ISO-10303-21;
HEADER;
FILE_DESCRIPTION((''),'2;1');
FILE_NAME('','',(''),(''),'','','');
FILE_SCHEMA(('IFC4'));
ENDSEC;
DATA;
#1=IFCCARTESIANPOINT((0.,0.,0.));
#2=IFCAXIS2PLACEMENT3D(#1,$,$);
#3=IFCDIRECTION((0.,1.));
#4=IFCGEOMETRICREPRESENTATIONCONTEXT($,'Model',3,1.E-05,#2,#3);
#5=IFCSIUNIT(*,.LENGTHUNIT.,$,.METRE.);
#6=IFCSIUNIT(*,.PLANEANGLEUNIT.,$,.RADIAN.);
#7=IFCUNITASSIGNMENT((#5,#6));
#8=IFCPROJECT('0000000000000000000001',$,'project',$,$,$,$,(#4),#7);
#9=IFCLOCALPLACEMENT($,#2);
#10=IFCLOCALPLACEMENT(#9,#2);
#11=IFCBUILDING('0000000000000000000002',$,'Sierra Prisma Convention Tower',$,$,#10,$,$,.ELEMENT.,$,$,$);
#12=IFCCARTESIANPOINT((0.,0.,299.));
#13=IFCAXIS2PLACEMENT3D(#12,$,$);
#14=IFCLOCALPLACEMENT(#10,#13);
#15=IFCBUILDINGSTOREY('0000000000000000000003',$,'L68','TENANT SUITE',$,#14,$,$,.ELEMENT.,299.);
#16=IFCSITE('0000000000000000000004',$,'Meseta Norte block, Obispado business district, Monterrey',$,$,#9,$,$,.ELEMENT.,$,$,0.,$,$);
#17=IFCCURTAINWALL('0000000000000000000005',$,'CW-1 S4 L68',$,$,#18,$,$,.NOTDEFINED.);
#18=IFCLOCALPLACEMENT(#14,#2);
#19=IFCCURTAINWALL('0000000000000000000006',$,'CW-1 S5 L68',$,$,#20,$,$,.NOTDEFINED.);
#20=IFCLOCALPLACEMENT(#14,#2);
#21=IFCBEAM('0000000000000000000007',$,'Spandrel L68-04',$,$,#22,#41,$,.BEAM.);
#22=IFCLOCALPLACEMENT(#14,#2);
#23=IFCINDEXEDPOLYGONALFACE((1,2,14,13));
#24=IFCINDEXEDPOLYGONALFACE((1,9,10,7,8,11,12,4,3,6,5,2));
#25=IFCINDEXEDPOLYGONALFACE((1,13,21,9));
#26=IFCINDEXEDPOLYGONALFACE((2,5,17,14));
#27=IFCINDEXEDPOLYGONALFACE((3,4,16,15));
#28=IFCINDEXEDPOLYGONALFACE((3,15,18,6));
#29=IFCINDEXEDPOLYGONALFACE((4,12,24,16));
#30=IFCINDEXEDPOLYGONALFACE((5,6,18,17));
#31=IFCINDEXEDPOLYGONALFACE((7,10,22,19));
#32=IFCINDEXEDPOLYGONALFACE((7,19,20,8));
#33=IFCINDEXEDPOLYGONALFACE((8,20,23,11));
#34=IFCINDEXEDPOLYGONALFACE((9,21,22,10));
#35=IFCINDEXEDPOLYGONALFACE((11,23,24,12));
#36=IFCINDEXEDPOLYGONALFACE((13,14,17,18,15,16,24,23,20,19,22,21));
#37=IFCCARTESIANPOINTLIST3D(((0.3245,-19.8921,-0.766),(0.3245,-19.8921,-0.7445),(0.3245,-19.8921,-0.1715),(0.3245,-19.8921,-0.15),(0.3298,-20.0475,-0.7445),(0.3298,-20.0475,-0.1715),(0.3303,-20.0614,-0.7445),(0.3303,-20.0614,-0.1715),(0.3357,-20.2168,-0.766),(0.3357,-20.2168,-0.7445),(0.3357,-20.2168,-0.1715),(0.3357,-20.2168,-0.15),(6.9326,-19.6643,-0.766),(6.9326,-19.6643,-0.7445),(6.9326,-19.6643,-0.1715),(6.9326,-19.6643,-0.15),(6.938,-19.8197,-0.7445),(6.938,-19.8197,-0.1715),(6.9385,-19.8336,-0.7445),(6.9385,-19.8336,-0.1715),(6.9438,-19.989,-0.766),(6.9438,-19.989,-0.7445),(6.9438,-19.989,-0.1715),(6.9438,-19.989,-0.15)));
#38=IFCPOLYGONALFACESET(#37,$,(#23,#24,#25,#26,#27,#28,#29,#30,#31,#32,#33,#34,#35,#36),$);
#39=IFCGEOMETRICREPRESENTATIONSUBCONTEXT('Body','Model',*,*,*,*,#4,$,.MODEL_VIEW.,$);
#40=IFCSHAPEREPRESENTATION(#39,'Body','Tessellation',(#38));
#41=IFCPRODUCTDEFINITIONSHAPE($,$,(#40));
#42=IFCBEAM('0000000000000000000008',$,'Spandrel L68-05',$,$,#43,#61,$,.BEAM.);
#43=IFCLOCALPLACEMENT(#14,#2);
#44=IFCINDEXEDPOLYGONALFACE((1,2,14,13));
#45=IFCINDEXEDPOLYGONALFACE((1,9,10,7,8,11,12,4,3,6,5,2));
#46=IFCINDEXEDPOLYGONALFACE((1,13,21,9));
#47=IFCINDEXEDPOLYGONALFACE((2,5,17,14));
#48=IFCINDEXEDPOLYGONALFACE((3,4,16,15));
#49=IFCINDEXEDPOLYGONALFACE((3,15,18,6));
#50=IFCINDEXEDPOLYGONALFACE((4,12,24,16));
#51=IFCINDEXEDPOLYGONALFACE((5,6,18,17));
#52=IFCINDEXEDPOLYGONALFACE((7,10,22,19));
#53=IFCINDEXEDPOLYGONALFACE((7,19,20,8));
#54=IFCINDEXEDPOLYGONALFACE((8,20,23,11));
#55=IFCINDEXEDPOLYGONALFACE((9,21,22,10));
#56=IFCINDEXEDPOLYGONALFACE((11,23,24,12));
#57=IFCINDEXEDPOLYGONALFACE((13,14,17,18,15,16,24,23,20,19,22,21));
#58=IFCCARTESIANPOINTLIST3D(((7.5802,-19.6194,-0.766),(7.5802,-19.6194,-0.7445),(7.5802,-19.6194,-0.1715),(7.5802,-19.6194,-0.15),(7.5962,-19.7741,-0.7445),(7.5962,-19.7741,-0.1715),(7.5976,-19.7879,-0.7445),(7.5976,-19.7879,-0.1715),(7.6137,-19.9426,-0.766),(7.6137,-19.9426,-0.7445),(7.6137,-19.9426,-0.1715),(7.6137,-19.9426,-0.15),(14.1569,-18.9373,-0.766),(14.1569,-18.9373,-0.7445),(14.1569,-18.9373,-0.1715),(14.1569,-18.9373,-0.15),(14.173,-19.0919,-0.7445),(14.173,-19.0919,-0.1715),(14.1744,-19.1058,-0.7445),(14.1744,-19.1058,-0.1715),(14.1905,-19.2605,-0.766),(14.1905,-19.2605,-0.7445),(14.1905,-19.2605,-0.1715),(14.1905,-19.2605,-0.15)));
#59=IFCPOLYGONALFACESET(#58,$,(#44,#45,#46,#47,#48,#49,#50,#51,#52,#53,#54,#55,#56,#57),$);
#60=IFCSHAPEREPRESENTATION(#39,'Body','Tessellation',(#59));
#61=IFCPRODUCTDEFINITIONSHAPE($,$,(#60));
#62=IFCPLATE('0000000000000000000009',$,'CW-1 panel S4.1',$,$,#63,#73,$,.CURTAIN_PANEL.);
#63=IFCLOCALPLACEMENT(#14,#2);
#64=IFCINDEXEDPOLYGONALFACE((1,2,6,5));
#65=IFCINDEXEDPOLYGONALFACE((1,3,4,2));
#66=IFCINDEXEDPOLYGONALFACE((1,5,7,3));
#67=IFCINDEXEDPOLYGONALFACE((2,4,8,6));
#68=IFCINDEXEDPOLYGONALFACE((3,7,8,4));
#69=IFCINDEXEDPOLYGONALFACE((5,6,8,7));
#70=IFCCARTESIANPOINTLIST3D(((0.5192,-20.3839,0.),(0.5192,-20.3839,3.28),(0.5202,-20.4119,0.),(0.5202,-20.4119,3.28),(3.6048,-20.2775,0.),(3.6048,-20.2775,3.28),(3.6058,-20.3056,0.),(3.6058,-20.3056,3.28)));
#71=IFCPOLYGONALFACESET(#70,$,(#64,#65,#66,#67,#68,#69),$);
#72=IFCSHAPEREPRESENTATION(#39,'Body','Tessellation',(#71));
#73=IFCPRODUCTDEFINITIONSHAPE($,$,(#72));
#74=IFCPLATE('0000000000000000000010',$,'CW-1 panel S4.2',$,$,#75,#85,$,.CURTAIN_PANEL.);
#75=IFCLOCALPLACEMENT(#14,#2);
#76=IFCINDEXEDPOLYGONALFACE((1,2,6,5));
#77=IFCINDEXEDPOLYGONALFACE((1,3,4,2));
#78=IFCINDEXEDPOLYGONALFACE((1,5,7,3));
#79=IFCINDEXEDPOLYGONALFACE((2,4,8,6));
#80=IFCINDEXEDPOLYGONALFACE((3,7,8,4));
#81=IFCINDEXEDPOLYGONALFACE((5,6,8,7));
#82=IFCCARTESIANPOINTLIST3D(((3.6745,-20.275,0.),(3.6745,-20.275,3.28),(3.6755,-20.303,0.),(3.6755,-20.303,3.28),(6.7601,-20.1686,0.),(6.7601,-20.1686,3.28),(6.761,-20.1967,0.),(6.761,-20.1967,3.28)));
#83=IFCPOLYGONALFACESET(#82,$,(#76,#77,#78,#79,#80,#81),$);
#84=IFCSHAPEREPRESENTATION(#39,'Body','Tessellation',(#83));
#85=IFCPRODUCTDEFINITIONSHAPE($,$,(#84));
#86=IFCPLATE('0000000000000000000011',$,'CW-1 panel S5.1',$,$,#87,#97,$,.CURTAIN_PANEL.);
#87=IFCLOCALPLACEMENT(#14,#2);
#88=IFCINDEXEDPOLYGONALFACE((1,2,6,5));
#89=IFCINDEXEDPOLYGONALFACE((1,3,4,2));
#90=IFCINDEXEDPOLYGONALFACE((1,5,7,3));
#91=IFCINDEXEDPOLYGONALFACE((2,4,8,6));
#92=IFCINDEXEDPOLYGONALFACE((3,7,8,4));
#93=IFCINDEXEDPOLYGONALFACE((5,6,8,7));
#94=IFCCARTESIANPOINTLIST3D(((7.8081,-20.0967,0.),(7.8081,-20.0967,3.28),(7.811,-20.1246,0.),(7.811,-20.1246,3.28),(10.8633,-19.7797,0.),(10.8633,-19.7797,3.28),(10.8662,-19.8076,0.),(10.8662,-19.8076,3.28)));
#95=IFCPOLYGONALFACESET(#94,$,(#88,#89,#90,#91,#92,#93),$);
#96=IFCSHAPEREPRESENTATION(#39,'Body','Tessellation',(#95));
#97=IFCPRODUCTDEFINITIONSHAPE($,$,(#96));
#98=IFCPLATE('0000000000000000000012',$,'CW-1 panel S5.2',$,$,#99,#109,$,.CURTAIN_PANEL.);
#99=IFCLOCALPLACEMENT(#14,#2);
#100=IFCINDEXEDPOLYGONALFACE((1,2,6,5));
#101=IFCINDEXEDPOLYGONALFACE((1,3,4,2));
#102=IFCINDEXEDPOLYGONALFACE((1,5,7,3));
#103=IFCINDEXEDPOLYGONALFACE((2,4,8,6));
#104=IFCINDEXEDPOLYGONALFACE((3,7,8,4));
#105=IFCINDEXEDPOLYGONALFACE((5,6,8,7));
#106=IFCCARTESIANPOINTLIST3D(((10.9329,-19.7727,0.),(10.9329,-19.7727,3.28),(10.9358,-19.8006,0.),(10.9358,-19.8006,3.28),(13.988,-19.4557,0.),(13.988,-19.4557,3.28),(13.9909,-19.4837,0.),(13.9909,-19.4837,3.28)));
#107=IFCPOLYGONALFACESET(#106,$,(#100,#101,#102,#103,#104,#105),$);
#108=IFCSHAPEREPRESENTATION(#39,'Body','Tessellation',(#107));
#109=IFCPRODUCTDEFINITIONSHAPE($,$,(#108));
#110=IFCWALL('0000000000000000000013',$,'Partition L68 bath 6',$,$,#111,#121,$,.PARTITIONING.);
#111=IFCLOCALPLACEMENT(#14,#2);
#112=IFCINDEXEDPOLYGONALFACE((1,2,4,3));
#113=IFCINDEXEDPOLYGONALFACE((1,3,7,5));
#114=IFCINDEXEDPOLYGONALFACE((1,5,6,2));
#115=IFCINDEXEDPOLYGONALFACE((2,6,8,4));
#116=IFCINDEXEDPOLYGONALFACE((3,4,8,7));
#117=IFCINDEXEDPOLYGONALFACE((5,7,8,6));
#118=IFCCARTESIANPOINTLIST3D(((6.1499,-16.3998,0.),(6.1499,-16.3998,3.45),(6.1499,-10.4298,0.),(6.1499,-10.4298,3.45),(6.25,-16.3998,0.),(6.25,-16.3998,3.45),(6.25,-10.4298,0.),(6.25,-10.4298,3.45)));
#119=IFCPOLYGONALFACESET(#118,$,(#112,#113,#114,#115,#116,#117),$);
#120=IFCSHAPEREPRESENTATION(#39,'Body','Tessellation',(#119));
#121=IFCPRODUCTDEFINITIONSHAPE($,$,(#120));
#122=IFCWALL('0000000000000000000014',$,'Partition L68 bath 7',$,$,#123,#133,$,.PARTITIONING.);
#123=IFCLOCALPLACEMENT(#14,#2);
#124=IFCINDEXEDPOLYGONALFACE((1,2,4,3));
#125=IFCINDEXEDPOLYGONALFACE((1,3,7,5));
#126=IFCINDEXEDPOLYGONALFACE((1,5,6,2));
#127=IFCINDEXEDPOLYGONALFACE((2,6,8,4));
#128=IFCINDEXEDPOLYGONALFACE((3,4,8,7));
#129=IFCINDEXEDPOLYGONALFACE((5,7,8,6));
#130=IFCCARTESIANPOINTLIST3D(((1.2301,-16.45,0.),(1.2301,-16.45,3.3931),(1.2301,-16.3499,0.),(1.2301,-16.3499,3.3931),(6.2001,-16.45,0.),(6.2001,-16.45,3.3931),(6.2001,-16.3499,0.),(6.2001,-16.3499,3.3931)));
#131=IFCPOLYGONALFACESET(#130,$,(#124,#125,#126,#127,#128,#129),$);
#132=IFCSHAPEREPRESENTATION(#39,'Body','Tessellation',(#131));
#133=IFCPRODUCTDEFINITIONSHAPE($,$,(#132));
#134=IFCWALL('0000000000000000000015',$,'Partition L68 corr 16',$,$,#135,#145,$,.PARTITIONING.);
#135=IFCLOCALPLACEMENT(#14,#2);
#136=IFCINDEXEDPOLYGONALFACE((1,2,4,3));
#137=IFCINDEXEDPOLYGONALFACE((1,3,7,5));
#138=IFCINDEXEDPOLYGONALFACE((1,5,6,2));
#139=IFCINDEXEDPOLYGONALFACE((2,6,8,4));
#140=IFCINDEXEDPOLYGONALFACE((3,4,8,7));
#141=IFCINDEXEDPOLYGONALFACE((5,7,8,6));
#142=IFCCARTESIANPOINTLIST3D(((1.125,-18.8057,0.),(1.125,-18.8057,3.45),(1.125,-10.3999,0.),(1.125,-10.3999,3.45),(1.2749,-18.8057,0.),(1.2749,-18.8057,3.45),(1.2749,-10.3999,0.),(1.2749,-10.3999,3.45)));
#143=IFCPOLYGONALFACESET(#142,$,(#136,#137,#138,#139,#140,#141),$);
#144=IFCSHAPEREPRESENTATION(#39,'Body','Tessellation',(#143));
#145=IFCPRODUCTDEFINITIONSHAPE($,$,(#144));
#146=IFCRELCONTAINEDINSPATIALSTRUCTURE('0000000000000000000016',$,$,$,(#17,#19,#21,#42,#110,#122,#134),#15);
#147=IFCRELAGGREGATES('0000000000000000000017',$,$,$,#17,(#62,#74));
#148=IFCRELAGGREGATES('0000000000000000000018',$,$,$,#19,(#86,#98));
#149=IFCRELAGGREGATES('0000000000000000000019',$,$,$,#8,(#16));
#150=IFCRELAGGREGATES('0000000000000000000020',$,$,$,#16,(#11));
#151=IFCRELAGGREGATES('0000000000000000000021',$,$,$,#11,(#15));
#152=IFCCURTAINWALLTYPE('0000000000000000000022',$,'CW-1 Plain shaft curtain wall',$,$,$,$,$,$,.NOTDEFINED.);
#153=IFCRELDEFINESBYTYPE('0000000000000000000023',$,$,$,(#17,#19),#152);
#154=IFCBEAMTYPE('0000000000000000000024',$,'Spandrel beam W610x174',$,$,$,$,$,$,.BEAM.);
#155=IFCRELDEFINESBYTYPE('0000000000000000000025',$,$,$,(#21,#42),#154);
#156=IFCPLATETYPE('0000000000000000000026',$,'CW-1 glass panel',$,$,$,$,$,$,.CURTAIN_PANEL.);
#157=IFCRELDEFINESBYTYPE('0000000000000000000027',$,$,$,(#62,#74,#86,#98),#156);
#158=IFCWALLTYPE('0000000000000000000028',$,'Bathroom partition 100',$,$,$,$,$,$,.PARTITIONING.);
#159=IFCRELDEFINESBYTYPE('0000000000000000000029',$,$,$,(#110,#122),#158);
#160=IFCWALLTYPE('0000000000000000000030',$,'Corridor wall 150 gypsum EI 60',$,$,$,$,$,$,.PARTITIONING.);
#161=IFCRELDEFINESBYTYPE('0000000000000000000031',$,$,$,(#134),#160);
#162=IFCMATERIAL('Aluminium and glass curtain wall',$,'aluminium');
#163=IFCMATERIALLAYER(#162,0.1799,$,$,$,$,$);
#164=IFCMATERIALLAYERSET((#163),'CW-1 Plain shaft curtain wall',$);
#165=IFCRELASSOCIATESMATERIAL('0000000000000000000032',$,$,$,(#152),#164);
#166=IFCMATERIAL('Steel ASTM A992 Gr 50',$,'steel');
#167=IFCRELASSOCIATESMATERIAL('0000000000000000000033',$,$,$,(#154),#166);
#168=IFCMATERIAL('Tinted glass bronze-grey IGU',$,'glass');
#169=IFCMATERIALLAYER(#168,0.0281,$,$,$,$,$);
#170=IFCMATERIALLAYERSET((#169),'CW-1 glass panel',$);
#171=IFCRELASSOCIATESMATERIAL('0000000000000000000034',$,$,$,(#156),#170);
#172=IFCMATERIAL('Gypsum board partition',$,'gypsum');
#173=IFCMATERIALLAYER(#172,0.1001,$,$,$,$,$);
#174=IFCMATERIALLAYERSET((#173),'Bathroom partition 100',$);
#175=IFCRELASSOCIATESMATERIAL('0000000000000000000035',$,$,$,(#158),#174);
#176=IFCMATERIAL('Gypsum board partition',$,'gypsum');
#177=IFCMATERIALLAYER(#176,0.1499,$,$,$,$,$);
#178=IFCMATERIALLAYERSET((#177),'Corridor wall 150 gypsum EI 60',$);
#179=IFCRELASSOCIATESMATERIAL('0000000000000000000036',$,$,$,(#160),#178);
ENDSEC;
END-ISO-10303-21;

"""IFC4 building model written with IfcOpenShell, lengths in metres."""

from ifc_helpers import new_model, si_unit, direction, frame, frame_2d, origin, origin_2d, place, context, subcontext, project, spatial, rectangle, i_section, extrude, material, layer, layer_set, material_profile, profile_set, type_object, element, aggregate, save


model = new_model("IFC4")

# Units and contexts
model_context = context("Model", 3, precision=1e-05, world=origin(), true_north=direction((0.0, 1.0)))
body_context = subcontext(model_context, "Body", "Model", "MODEL_VIEW")
ifc_project = project(units=[si_unit("LENGTHUNIT", "METRE"), si_unit("PLANEANGLEUNIT", "RADIAN")], contexts=[model_context])

# Site, building, storey
site_placement = place(None, origin())
site = spatial("IfcSite", under=ifc_project, at=site_placement, Name="Meseta Norte block, Obispado business district, Monterrey", CompositionType="ELEMENT", RefElevation=0.0)
building_placement = place(site_placement, origin())
building = spatial("IfcBuilding", under=site, at=building_placement, Name="Sierra Prisma Convention Tower", CompositionType="ELEMENT")
storey_placement = place(building_placement, frame((0.0, 0.0, 299.0)))
storey = spatial("IfcBuildingStorey", under=building, at=storey_placement, Name="L68", Description="TENANT SUITE", CompositionType="ELEMENT", Elevation=299.0)

# Curtain wall
ifc_material_1 = material(Name="Aluminium and glass curtain wall", Category="aluminium")
ifc_layer_1 = layer(ifc_material_1, 0.1799)
ifc_layer_set_1 = layer_set([ifc_layer_1], Name="CW-1 Plain shaft curtain wall")
curtain_wall_type = type_object("IfcCurtainWallType", Name="CW-1 Plain shaft curtain wall", PredefinedType="NOTDEFINED", material=ifc_layer_set_1)
curtain_wall_1_placement = place(storey_placement, origin())
curtain_wall_1 = element("IfcCurtainWall", 1, at=curtain_wall_1_placement, inside=storey, type_object=curtain_wall_type, Name="CW-1 S4 L68", PredefinedType="NOTDEFINED")

# Curtain wall
curtain_wall_2_placement = place(storey_placement, origin())
curtain_wall_2 = element("IfcCurtainWall", 2, at=curtain_wall_2_placement, inside=storey, type_object=curtain_wall_type, Name="CW-1 S5 L68", PredefinedType="NOTDEFINED")

# Beams
ifc_material_2 = material(Name="Steel ASTM A992 Gr 50", Category="steel")
ifc_material_profile_1 = material_profile(ifc_material_2, i_section(OverallWidth=0.325, OverallDepth=0.616, WebThickness=0.0139, FlangeThickness=0.0215, at=origin_2d()), Name="W610x174")
ifc_profile_set_1 = profile_set([ifc_material_profile_1], Name="Steel ASTM A992 Gr 50")
beam_type_1 = type_object("IfcBeamType", Name="Spandrel beam W610x174", PredefinedType="BEAM", material=ifc_profile_set_1)
for number, where, z_axis, x_axis, name in (
    (3, (0.3301, -20.0544, -0.458), (0.999406, 0.03445, 0.0), (-0.03445, 0.999406, 0.0), "Spandrel L68-04"),
    (4, (7.5969, -19.781, -0.458), (0.994664, 0.103166, 0.0), (-0.103166, 0.994664, 0.0), "Spandrel L68-05"),
):
    element("IfcBeam", number, at=place(storey_placement, frame(where, z_axis=z_axis, x_axis=x_axis)), inside=storey, type_object=beam_type_1, Name=name, PredefinedType="BEAM", context=body_context, shape_type="SweptSolid", body=[
        extrude(i_section(OverallWidth=0.325, OverallDepth=0.616, WebThickness=0.0139, FlangeThickness=0.0215, at=origin_2d()), origin(), (0.0, 0.0, 1.0), 6.6121),
    ])

# Plates
ifc_material_3 = material(Name="Tinted glass bronze-grey IGU", Category="glass")
ifc_layer_2 = layer(ifc_material_3, 0.0281)
ifc_layer_set_2 = layer_set([ifc_layer_2], Name="CW-1 glass panel")
plate_type = type_object("IfcPlateType", Name="CW-1 glass panel", PredefinedType="CURTAIN_PANEL", material=ifc_layer_set_2)
plate_1_placement = place(storey_placement, frame((2.0625, -20.3447, 0.0), z_axis=(0.0, 0.0, 1.0), x_axis=(0.999406, 0.034449, 0.0)))
plate_1 = element("IfcPlate", 5, at=plate_1_placement, type_object=plate_type, Name="CW-1 panel S4.1", PredefinedType="CURTAIN_PANEL", context=body_context, shape_type="SweptSolid", body=[
    extrude(rectangle(XDim=3.0874, YDim=0.0281, at=origin_2d()), origin(), (0.0, 0.0, 1.0), 3.28),
])
plate_2_placement = place(storey_placement, frame((5.2178, -20.2358, 0.0), z_axis=(0.0, 0.0, 1.0), x_axis=(0.999406, 0.034449, 0.0)))
plate_2 = element("IfcPlate", 6, at=plate_2_placement, type_object=plate_type, Name="CW-1 panel S4.2", PredefinedType="CURTAIN_PANEL", context=body_context, shape_type="SweptSolid", body=[
    extrude(rectangle(XDim=3.0874, YDim=0.0281, at=origin_2d()), origin(), (0.0, 0.0, 1.0), 3.28),
])
aggregate(curtain_wall_1, [plate_1, plate_2])
plate_3_placement = place(storey_placement, frame((9.3372, -19.9521, 0.0), z_axis=(0.0, 0.0, 1.0), x_axis=(0.994662, 0.103184, 0.0)))
plate_3 = element("IfcPlate", 7, at=plate_3_placement, type_object=plate_type, Name="CW-1 panel S5.1", PredefinedType="CURTAIN_PANEL", context=body_context, shape_type="SweptSolid", body=[
    extrude(rectangle(XDim=3.0715, YDim=0.0281, at=origin_2d()), origin(), (0.0, 0.0, 1.0), 3.28),
])
plate_4_placement = place(storey_placement, frame((12.4619, -19.6282, 0.0), z_axis=(0.0, 0.0, 1.0), x_axis=(0.994662, 0.103184, 0.0)))
plate_4 = element("IfcPlate", 8, at=plate_4_placement, type_object=plate_type, Name="CW-1 panel S5.2", PredefinedType="CURTAIN_PANEL", context=body_context, shape_type="SweptSolid", body=[
    extrude(rectangle(XDim=3.0715, YDim=0.0281, at=origin_2d()), origin(), (0.0, 0.0, 1.0), 3.28),
])
aggregate(curtain_wall_2, [plate_3, plate_4])

# Walls
ifc_material_4 = material(Name="Gypsum board partition", Category="gypsum")
ifc_layer_3 = layer(ifc_material_4, 0.1001)
ifc_layer_set_3 = layer_set([ifc_layer_3], Name="Bathroom partition 100")
wall_type_1 = type_object("IfcWallType", Name="Bathroom partition 100", PredefinedType="PARTITIONING", material=ifc_layer_set_3)
wall_1_placement = place(storey_placement, frame((6.2, -10.4299, 0.0), z_axis=(0.0, 0.0, 1.0), x_axis=(0.0, -1.0, 0.0)))
element("IfcWall", 9, at=wall_1_placement, inside=storey, type_object=wall_type_1, Name="Partition L68 bath 6", PredefinedType="PARTITIONING", context=body_context, shape_type="SweptSolid", body=[
    extrude(rectangle(XDim=5.97, YDim=0.1001, at=frame_2d((2.9849, 0.0))), origin(), (0.0, 0.0, 1.0), 3.45),
])
wall_2_placement = place(storey_placement, frame((6.2, -16.3999, 0.0), z_axis=(0.0, 0.0, 1.0), x_axis=(-1.0, 0.0, 0.0)))
element("IfcWall", 10, at=wall_2_placement, inside=storey, type_object=wall_type_1, Name="Partition L68 bath 7", PredefinedType="PARTITIONING", context=body_context, shape_type="SweptSolid", body=[
    extrude(rectangle(XDim=4.97, YDim=0.1001, at=frame_2d((2.4849, 0.0))), origin(), (0.0, 0.0, 1.0), 3.3931),
])
ifc_material_5 = material(Name="Gypsum board partition", Category="gypsum")
ifc_layer_4 = layer(ifc_material_5, 0.1499)
ifc_layer_set_4 = layer_set([ifc_layer_4], Name="Corridor wall 150 gypsum EI 60")
wall_type_2 = type_object("IfcWallType", Name="Corridor wall 150 gypsum EI 60", PredefinedType="PARTITIONING", material=ifc_layer_set_4)
wall_3_placement = place(storey_placement, frame((1.2, -18.8057, 0.0), z_axis=(0.0, 0.0, 1.0), x_axis=(0.0, 1.0, 0.0)))
element("IfcWall", 11, at=wall_3_placement, inside=storey, type_object=wall_type_2, Name="Partition L68 corr 16", PredefinedType="PARTITIONING", context=body_context, shape_type="SweptSolid", body=[
    extrude(rectangle(XDim=8.4058, YDim=0.1499, at=frame_2d((4.2029, 0.0))), origin(), (0.0, 0.0, 1.0), 3.45),
])

save(model, "model.ifc")
